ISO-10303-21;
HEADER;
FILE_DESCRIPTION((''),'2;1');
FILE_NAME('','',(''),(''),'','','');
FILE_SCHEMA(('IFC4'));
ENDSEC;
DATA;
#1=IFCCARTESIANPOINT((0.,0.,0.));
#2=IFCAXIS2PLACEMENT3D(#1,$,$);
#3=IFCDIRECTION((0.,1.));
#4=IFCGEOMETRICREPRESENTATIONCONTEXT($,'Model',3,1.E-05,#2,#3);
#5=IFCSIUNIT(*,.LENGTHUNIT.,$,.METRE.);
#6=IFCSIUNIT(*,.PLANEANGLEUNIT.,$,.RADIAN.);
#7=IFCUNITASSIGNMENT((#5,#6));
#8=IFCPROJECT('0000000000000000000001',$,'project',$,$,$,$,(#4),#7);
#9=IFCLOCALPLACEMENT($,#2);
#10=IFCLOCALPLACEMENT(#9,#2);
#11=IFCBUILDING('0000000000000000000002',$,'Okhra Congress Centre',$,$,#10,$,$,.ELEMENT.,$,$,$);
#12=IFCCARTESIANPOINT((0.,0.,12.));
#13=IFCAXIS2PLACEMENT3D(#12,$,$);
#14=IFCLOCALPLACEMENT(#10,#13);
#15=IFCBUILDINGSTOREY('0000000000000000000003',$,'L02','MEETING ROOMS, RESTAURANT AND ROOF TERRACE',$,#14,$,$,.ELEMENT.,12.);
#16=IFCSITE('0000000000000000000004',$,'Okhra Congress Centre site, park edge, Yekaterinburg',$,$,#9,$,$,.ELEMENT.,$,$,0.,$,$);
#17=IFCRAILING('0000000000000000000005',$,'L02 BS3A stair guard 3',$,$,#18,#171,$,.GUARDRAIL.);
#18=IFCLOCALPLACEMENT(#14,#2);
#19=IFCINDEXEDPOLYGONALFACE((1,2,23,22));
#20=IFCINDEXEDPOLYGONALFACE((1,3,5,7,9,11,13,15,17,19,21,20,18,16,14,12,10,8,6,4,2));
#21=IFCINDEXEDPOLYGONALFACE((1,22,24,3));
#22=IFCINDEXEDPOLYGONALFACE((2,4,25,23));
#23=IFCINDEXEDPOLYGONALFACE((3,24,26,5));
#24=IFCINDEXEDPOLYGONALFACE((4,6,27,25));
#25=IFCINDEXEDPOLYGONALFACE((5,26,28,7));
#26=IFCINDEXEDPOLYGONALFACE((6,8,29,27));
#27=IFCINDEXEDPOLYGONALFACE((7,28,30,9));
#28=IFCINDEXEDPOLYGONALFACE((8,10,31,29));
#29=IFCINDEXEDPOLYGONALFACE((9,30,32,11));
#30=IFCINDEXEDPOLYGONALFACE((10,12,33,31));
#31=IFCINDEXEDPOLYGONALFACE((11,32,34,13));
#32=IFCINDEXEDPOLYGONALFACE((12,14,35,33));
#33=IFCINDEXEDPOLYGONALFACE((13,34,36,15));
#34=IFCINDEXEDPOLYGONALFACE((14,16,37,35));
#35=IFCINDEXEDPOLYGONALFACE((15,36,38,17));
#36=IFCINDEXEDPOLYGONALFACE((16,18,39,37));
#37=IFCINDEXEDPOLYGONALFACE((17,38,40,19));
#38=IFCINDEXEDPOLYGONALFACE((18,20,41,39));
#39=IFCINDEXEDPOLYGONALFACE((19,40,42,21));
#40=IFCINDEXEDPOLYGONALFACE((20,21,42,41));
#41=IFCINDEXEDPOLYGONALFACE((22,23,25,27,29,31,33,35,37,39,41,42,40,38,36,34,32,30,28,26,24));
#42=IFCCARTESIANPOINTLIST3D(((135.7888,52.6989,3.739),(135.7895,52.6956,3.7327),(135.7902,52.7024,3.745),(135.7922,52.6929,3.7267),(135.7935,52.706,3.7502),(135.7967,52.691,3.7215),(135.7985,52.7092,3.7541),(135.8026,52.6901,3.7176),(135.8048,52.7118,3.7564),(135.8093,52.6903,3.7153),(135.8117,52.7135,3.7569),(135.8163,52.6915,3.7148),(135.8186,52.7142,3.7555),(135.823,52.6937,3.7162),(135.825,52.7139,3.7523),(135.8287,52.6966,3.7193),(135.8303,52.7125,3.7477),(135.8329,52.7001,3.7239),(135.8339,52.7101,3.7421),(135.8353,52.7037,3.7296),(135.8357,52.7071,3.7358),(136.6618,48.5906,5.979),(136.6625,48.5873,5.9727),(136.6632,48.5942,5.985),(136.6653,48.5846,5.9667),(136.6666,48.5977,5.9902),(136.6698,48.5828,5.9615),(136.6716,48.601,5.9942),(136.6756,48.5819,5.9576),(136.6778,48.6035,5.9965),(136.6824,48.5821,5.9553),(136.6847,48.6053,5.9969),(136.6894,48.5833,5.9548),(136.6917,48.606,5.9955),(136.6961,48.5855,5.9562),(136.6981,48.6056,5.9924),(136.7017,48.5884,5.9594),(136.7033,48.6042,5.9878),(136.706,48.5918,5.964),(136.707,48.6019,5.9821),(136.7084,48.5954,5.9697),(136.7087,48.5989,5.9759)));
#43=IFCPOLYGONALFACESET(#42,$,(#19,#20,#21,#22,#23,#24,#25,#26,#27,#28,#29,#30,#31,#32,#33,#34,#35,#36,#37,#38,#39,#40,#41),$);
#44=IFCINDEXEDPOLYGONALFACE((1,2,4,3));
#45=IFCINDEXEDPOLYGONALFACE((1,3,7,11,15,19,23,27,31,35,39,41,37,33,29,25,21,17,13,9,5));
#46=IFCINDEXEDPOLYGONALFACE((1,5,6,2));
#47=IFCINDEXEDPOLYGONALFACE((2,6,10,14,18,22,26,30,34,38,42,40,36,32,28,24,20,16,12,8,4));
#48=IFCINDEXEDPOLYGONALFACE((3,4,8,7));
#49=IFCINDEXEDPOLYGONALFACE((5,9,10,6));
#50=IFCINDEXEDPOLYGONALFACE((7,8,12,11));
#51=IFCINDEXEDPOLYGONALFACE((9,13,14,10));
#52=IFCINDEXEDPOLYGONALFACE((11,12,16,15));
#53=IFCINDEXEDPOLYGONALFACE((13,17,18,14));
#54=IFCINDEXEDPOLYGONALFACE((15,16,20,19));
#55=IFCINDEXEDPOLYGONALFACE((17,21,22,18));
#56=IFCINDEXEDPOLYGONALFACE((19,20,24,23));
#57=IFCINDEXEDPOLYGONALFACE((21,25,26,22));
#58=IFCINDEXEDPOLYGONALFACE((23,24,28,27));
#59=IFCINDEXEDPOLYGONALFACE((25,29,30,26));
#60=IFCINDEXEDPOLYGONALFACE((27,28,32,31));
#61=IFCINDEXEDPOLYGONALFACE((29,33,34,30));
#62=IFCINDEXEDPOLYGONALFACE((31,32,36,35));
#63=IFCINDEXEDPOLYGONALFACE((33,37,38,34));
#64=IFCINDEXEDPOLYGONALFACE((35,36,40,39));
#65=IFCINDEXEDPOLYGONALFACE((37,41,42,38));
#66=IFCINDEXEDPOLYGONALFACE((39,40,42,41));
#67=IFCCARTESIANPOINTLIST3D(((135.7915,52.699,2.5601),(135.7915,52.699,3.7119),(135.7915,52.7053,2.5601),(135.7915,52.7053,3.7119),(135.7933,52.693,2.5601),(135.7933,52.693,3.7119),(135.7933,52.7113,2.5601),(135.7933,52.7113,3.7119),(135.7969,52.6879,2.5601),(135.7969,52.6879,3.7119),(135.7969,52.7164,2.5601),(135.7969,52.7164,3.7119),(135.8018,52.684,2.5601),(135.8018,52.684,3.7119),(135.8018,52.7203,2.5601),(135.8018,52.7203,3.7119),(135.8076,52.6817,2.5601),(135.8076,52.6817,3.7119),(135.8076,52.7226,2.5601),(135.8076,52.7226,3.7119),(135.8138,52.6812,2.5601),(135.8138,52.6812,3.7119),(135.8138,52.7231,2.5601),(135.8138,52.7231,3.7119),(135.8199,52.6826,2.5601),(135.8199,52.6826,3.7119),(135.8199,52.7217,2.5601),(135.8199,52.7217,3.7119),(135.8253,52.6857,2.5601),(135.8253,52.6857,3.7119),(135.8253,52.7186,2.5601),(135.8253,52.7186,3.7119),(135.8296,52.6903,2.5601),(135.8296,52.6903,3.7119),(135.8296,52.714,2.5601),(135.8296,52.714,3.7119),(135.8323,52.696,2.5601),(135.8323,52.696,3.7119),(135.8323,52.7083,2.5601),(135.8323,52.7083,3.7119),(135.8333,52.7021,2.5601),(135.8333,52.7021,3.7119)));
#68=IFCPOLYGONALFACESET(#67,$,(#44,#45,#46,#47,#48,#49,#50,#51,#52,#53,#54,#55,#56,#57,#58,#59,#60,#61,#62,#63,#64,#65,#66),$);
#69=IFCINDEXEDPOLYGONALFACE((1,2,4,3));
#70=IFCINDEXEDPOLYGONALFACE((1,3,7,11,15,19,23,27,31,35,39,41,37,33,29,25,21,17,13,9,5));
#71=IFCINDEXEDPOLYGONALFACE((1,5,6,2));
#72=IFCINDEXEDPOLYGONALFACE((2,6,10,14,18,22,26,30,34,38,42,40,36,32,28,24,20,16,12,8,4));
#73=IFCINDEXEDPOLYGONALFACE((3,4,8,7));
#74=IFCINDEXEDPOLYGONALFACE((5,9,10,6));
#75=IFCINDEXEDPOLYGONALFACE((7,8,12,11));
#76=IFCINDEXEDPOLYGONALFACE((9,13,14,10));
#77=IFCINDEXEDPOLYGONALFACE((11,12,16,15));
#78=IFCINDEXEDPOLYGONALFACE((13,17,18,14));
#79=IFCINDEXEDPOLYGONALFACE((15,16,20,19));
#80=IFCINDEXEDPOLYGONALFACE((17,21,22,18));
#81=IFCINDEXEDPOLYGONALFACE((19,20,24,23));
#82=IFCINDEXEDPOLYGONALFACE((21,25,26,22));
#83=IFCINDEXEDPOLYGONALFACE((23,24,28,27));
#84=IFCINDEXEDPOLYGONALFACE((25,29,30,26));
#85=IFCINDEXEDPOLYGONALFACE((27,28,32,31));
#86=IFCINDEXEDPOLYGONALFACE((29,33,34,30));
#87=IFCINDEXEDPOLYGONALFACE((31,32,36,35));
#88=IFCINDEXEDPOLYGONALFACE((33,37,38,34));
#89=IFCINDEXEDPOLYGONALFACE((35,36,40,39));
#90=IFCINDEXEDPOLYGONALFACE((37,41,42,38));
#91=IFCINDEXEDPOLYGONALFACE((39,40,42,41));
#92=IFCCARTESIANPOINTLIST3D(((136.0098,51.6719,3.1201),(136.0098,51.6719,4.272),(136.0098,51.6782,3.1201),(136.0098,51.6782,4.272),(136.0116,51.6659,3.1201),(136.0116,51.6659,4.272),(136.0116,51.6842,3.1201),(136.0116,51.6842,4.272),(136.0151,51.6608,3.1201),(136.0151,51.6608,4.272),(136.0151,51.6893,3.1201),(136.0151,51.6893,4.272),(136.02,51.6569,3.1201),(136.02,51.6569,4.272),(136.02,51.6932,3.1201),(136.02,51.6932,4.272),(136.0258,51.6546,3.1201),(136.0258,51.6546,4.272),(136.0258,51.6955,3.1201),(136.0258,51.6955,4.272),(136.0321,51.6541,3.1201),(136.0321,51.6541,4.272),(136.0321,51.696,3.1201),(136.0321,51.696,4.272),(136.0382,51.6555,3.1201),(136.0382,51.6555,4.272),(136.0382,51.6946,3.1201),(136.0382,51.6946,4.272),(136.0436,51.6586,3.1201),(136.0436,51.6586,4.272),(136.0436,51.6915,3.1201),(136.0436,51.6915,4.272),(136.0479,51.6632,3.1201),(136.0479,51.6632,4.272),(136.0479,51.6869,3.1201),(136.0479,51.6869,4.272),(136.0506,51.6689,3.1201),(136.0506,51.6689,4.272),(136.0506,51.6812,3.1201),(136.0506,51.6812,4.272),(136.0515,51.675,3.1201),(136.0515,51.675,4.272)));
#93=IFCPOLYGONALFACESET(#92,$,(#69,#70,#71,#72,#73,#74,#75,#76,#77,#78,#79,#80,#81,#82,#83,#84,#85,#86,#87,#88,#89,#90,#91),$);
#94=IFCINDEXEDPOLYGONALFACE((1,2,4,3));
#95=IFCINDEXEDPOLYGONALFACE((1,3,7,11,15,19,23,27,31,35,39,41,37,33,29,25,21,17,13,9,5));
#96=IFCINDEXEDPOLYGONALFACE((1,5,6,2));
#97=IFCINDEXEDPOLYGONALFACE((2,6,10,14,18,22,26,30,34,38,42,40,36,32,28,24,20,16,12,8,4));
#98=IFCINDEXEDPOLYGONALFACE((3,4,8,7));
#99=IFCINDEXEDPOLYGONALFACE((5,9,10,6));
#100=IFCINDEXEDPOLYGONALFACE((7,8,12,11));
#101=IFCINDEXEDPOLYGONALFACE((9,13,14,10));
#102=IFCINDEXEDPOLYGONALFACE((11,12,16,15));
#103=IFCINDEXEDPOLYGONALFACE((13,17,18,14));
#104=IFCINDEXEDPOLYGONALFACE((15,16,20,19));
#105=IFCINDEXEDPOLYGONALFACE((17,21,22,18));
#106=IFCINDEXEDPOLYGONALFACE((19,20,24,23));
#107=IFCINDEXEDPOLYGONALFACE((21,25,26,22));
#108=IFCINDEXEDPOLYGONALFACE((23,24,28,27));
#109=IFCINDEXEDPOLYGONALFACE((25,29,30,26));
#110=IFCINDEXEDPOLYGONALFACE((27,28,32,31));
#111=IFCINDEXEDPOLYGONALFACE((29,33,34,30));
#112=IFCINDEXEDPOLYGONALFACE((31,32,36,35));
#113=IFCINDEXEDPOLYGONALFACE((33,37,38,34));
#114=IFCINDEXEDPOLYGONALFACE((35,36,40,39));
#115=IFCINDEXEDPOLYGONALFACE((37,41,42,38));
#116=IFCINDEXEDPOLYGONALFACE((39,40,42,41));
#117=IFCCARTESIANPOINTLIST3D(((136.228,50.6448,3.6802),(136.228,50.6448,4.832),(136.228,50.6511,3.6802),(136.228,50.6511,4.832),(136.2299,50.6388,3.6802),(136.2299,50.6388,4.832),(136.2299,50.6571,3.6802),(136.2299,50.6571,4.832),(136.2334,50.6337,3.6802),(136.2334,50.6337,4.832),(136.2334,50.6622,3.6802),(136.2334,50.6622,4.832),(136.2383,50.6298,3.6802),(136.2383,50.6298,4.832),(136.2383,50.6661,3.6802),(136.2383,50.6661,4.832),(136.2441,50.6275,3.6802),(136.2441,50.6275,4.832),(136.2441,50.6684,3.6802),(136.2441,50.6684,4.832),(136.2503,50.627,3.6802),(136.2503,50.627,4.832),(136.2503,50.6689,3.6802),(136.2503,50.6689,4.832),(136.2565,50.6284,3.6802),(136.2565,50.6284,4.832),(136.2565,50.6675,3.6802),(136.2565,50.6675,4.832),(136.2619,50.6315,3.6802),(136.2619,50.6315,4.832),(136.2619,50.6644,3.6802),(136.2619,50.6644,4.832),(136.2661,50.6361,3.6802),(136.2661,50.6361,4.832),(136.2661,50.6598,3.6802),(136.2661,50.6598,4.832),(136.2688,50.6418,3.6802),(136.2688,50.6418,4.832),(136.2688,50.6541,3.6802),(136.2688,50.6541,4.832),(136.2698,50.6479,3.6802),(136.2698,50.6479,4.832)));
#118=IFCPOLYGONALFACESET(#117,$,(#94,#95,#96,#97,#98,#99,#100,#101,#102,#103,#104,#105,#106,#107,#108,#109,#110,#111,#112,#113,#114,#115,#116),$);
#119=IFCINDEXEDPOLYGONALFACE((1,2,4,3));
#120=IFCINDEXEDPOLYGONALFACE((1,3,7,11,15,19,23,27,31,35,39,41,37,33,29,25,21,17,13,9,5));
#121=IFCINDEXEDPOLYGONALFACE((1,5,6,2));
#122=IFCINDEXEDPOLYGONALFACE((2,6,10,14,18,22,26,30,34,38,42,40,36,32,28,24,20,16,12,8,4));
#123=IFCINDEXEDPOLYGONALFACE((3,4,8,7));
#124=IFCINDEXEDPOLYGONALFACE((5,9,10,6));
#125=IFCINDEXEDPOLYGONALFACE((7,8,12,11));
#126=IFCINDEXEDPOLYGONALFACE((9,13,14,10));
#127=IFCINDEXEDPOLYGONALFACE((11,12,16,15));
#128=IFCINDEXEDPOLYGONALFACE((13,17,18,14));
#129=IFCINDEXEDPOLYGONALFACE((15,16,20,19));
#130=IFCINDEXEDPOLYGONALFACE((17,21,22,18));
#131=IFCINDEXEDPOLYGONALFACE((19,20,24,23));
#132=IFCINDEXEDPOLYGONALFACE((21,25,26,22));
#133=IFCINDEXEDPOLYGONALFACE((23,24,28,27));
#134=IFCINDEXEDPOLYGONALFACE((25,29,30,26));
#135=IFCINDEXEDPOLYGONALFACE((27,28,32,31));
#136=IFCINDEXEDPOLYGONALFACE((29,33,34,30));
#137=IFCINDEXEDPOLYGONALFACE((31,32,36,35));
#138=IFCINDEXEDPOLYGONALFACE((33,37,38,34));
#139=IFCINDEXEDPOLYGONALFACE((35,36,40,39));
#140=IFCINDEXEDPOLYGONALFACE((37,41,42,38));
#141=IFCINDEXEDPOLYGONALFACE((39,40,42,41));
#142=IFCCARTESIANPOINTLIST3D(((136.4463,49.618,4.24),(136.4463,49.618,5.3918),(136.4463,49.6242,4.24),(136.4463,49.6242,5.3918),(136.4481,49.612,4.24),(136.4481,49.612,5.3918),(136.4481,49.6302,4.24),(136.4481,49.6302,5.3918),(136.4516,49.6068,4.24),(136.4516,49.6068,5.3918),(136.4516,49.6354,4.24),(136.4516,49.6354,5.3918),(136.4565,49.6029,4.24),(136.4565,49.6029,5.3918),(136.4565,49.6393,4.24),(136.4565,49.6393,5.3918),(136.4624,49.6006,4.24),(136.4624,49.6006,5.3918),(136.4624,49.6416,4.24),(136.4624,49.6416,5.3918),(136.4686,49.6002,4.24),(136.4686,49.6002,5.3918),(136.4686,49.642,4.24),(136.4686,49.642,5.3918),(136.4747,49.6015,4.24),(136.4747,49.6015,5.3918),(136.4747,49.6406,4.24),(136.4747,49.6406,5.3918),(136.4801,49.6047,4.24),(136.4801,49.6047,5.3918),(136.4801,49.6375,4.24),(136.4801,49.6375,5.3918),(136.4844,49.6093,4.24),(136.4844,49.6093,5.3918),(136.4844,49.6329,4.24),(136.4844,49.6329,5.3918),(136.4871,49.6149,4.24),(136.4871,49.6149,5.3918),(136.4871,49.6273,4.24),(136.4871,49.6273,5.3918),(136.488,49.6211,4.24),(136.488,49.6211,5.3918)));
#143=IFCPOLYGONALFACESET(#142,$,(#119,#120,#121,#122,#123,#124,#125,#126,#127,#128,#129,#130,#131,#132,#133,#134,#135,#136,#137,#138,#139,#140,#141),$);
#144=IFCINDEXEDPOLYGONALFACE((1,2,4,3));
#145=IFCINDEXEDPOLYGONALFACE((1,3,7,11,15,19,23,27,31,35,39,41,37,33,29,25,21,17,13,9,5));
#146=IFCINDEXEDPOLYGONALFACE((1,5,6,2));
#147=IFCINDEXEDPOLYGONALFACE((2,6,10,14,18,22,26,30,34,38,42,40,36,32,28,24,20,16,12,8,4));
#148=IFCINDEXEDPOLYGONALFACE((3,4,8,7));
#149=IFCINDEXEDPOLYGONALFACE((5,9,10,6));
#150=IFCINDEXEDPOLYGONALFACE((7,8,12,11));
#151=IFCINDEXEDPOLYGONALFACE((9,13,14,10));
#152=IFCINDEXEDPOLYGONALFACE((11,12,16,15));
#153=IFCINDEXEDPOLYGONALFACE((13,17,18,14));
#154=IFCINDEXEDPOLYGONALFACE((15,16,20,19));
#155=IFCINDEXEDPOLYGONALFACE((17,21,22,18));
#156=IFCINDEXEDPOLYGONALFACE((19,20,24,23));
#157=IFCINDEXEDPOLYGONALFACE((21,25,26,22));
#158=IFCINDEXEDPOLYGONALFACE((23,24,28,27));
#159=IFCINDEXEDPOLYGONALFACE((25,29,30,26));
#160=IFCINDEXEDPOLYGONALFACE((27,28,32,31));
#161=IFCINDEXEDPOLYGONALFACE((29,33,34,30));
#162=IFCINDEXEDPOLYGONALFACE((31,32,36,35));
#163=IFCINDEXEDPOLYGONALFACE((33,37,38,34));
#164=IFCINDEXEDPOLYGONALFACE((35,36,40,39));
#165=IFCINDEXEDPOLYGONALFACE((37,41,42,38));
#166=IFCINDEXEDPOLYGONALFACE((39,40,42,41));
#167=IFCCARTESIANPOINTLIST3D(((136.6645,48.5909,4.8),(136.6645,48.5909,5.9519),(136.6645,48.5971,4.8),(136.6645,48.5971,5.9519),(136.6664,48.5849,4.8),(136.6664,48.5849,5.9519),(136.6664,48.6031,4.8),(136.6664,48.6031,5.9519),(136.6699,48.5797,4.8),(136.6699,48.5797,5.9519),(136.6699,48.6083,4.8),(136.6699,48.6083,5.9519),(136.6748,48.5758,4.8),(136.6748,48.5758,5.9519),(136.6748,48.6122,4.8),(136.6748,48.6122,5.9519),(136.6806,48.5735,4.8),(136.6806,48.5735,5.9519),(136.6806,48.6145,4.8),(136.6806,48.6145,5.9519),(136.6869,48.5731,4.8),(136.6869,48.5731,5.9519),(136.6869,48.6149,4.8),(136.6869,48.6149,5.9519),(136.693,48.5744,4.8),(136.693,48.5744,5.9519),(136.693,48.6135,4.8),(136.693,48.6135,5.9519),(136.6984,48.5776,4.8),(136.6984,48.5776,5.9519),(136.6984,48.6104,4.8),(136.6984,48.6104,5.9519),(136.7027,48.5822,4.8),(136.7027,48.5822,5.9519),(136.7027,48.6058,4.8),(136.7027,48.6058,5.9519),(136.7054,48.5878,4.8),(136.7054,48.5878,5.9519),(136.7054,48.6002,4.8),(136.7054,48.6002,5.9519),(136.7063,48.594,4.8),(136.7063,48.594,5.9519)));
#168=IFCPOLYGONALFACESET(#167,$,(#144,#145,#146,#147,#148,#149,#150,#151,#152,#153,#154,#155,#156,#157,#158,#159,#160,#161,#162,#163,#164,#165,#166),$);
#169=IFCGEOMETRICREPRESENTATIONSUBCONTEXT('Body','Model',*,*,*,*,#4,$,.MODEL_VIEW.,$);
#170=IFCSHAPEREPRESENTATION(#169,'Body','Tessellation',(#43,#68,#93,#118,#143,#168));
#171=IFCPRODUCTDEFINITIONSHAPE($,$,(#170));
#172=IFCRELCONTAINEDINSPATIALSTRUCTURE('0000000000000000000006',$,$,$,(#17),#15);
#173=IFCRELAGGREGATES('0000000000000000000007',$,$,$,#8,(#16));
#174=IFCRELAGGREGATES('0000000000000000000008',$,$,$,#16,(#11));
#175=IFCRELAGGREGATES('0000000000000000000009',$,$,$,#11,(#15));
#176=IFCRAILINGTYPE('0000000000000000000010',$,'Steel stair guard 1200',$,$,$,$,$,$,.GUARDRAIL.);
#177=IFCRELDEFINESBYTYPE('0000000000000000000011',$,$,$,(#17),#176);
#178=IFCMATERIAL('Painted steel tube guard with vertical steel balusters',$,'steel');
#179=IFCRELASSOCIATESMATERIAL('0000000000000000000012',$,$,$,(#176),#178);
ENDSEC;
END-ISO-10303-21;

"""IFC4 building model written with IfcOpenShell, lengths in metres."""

from ifc_helpers import new_model, si_unit, direction, frame, origin, origin_2d, place, context, subcontext, project, spatial, circle, extrude, material, type_object, element, save


model = new_model("IFC4")

# Units and contexts
model_context = context("Model", 3, precision=1e-05, world=origin(), true_north=direction((0.0, 1.0)))
body_context = subcontext(model_context, "Body", "Model", "MODEL_VIEW")
ifc_project = project(units=[si_unit("LENGTHUNIT", "METRE"), si_unit("PLANEANGLEUNIT", "RADIAN")], contexts=[model_context])

# Site, building, storey
site_placement = place(None, origin())
site = spatial("IfcSite", under=ifc_project, at=site_placement, Name="Okhra Congress Centre site, park edge, Yekaterinburg", CompositionType="ELEMENT", RefElevation=0.0)
building_placement = place(site_placement, origin())
building = spatial("IfcBuilding", under=site, at=building_placement, Name="Okhra Congress Centre", CompositionType="ELEMENT")
storey_placement = place(building_placement, frame((0.0, 0.0, 12.0)))
storey = spatial("IfcBuildingStorey", under=building, at=storey_placement, Name="L02", Description="MEETING ROOMS, RESTAURANT AND ROOF TERRACE", CompositionType="ELEMENT", Elevation=12.0)

# Railing
ifc_material_1 = material(Name="Painted steel tube guard with vertical steel balusters", Category="steel")
railing_type_1 = type_object("IfcRailingType", Name="Steel stair guard 1200", PredefinedType="GUARDRAIL", material=ifc_material_1)
railing_1_placement = place(storey_placement, frame((135.8123, 52.7021, 2.5601)))
element("IfcRailing", 1, at=railing_1_placement, inside=storey, type_object=railing_type_1, Name="L02 BS3A stair guard 3", PredefinedType="GUARDRAIL", context=body_context, shape_type="SweptSolid", body=[
    extrude(circle(Radius=0.0239, at=origin_2d()), frame((0.0, 0.0, 1.1758), z_axis=(0.183417, -0.863075, 0.470596), x_axis=(0.978156, 0.207873, 0.0)), (0.0, 0.0, 1.0), 4.76),
    extrude(circle(Radius=0.021, at=origin_2d()), origin(), (0.0, 0.0, 1.0), 1.1519),
    extrude(circle(Radius=0.021, at=origin_2d()), frame((0.2183, -1.0271, 0.5601)), (0.0, 0.0, 1.0), 1.1519),
    extrude(circle(Radius=0.021, at=origin_2d()), frame((0.4365, -2.0542, 1.1201)), (0.0, 0.0, 1.0), 1.1519),
    extrude(circle(Radius=0.021, at=origin_2d()), frame((0.6548, -3.0811, 1.6799)), (0.0, 0.0, 1.0), 1.1519),
    extrude(circle(Radius=0.021, at=origin_2d()), frame((0.873, -4.1082, 2.24)), (0.0, 0.0, 1.0), 1.1519),
])

save(model, "model.ifc")
